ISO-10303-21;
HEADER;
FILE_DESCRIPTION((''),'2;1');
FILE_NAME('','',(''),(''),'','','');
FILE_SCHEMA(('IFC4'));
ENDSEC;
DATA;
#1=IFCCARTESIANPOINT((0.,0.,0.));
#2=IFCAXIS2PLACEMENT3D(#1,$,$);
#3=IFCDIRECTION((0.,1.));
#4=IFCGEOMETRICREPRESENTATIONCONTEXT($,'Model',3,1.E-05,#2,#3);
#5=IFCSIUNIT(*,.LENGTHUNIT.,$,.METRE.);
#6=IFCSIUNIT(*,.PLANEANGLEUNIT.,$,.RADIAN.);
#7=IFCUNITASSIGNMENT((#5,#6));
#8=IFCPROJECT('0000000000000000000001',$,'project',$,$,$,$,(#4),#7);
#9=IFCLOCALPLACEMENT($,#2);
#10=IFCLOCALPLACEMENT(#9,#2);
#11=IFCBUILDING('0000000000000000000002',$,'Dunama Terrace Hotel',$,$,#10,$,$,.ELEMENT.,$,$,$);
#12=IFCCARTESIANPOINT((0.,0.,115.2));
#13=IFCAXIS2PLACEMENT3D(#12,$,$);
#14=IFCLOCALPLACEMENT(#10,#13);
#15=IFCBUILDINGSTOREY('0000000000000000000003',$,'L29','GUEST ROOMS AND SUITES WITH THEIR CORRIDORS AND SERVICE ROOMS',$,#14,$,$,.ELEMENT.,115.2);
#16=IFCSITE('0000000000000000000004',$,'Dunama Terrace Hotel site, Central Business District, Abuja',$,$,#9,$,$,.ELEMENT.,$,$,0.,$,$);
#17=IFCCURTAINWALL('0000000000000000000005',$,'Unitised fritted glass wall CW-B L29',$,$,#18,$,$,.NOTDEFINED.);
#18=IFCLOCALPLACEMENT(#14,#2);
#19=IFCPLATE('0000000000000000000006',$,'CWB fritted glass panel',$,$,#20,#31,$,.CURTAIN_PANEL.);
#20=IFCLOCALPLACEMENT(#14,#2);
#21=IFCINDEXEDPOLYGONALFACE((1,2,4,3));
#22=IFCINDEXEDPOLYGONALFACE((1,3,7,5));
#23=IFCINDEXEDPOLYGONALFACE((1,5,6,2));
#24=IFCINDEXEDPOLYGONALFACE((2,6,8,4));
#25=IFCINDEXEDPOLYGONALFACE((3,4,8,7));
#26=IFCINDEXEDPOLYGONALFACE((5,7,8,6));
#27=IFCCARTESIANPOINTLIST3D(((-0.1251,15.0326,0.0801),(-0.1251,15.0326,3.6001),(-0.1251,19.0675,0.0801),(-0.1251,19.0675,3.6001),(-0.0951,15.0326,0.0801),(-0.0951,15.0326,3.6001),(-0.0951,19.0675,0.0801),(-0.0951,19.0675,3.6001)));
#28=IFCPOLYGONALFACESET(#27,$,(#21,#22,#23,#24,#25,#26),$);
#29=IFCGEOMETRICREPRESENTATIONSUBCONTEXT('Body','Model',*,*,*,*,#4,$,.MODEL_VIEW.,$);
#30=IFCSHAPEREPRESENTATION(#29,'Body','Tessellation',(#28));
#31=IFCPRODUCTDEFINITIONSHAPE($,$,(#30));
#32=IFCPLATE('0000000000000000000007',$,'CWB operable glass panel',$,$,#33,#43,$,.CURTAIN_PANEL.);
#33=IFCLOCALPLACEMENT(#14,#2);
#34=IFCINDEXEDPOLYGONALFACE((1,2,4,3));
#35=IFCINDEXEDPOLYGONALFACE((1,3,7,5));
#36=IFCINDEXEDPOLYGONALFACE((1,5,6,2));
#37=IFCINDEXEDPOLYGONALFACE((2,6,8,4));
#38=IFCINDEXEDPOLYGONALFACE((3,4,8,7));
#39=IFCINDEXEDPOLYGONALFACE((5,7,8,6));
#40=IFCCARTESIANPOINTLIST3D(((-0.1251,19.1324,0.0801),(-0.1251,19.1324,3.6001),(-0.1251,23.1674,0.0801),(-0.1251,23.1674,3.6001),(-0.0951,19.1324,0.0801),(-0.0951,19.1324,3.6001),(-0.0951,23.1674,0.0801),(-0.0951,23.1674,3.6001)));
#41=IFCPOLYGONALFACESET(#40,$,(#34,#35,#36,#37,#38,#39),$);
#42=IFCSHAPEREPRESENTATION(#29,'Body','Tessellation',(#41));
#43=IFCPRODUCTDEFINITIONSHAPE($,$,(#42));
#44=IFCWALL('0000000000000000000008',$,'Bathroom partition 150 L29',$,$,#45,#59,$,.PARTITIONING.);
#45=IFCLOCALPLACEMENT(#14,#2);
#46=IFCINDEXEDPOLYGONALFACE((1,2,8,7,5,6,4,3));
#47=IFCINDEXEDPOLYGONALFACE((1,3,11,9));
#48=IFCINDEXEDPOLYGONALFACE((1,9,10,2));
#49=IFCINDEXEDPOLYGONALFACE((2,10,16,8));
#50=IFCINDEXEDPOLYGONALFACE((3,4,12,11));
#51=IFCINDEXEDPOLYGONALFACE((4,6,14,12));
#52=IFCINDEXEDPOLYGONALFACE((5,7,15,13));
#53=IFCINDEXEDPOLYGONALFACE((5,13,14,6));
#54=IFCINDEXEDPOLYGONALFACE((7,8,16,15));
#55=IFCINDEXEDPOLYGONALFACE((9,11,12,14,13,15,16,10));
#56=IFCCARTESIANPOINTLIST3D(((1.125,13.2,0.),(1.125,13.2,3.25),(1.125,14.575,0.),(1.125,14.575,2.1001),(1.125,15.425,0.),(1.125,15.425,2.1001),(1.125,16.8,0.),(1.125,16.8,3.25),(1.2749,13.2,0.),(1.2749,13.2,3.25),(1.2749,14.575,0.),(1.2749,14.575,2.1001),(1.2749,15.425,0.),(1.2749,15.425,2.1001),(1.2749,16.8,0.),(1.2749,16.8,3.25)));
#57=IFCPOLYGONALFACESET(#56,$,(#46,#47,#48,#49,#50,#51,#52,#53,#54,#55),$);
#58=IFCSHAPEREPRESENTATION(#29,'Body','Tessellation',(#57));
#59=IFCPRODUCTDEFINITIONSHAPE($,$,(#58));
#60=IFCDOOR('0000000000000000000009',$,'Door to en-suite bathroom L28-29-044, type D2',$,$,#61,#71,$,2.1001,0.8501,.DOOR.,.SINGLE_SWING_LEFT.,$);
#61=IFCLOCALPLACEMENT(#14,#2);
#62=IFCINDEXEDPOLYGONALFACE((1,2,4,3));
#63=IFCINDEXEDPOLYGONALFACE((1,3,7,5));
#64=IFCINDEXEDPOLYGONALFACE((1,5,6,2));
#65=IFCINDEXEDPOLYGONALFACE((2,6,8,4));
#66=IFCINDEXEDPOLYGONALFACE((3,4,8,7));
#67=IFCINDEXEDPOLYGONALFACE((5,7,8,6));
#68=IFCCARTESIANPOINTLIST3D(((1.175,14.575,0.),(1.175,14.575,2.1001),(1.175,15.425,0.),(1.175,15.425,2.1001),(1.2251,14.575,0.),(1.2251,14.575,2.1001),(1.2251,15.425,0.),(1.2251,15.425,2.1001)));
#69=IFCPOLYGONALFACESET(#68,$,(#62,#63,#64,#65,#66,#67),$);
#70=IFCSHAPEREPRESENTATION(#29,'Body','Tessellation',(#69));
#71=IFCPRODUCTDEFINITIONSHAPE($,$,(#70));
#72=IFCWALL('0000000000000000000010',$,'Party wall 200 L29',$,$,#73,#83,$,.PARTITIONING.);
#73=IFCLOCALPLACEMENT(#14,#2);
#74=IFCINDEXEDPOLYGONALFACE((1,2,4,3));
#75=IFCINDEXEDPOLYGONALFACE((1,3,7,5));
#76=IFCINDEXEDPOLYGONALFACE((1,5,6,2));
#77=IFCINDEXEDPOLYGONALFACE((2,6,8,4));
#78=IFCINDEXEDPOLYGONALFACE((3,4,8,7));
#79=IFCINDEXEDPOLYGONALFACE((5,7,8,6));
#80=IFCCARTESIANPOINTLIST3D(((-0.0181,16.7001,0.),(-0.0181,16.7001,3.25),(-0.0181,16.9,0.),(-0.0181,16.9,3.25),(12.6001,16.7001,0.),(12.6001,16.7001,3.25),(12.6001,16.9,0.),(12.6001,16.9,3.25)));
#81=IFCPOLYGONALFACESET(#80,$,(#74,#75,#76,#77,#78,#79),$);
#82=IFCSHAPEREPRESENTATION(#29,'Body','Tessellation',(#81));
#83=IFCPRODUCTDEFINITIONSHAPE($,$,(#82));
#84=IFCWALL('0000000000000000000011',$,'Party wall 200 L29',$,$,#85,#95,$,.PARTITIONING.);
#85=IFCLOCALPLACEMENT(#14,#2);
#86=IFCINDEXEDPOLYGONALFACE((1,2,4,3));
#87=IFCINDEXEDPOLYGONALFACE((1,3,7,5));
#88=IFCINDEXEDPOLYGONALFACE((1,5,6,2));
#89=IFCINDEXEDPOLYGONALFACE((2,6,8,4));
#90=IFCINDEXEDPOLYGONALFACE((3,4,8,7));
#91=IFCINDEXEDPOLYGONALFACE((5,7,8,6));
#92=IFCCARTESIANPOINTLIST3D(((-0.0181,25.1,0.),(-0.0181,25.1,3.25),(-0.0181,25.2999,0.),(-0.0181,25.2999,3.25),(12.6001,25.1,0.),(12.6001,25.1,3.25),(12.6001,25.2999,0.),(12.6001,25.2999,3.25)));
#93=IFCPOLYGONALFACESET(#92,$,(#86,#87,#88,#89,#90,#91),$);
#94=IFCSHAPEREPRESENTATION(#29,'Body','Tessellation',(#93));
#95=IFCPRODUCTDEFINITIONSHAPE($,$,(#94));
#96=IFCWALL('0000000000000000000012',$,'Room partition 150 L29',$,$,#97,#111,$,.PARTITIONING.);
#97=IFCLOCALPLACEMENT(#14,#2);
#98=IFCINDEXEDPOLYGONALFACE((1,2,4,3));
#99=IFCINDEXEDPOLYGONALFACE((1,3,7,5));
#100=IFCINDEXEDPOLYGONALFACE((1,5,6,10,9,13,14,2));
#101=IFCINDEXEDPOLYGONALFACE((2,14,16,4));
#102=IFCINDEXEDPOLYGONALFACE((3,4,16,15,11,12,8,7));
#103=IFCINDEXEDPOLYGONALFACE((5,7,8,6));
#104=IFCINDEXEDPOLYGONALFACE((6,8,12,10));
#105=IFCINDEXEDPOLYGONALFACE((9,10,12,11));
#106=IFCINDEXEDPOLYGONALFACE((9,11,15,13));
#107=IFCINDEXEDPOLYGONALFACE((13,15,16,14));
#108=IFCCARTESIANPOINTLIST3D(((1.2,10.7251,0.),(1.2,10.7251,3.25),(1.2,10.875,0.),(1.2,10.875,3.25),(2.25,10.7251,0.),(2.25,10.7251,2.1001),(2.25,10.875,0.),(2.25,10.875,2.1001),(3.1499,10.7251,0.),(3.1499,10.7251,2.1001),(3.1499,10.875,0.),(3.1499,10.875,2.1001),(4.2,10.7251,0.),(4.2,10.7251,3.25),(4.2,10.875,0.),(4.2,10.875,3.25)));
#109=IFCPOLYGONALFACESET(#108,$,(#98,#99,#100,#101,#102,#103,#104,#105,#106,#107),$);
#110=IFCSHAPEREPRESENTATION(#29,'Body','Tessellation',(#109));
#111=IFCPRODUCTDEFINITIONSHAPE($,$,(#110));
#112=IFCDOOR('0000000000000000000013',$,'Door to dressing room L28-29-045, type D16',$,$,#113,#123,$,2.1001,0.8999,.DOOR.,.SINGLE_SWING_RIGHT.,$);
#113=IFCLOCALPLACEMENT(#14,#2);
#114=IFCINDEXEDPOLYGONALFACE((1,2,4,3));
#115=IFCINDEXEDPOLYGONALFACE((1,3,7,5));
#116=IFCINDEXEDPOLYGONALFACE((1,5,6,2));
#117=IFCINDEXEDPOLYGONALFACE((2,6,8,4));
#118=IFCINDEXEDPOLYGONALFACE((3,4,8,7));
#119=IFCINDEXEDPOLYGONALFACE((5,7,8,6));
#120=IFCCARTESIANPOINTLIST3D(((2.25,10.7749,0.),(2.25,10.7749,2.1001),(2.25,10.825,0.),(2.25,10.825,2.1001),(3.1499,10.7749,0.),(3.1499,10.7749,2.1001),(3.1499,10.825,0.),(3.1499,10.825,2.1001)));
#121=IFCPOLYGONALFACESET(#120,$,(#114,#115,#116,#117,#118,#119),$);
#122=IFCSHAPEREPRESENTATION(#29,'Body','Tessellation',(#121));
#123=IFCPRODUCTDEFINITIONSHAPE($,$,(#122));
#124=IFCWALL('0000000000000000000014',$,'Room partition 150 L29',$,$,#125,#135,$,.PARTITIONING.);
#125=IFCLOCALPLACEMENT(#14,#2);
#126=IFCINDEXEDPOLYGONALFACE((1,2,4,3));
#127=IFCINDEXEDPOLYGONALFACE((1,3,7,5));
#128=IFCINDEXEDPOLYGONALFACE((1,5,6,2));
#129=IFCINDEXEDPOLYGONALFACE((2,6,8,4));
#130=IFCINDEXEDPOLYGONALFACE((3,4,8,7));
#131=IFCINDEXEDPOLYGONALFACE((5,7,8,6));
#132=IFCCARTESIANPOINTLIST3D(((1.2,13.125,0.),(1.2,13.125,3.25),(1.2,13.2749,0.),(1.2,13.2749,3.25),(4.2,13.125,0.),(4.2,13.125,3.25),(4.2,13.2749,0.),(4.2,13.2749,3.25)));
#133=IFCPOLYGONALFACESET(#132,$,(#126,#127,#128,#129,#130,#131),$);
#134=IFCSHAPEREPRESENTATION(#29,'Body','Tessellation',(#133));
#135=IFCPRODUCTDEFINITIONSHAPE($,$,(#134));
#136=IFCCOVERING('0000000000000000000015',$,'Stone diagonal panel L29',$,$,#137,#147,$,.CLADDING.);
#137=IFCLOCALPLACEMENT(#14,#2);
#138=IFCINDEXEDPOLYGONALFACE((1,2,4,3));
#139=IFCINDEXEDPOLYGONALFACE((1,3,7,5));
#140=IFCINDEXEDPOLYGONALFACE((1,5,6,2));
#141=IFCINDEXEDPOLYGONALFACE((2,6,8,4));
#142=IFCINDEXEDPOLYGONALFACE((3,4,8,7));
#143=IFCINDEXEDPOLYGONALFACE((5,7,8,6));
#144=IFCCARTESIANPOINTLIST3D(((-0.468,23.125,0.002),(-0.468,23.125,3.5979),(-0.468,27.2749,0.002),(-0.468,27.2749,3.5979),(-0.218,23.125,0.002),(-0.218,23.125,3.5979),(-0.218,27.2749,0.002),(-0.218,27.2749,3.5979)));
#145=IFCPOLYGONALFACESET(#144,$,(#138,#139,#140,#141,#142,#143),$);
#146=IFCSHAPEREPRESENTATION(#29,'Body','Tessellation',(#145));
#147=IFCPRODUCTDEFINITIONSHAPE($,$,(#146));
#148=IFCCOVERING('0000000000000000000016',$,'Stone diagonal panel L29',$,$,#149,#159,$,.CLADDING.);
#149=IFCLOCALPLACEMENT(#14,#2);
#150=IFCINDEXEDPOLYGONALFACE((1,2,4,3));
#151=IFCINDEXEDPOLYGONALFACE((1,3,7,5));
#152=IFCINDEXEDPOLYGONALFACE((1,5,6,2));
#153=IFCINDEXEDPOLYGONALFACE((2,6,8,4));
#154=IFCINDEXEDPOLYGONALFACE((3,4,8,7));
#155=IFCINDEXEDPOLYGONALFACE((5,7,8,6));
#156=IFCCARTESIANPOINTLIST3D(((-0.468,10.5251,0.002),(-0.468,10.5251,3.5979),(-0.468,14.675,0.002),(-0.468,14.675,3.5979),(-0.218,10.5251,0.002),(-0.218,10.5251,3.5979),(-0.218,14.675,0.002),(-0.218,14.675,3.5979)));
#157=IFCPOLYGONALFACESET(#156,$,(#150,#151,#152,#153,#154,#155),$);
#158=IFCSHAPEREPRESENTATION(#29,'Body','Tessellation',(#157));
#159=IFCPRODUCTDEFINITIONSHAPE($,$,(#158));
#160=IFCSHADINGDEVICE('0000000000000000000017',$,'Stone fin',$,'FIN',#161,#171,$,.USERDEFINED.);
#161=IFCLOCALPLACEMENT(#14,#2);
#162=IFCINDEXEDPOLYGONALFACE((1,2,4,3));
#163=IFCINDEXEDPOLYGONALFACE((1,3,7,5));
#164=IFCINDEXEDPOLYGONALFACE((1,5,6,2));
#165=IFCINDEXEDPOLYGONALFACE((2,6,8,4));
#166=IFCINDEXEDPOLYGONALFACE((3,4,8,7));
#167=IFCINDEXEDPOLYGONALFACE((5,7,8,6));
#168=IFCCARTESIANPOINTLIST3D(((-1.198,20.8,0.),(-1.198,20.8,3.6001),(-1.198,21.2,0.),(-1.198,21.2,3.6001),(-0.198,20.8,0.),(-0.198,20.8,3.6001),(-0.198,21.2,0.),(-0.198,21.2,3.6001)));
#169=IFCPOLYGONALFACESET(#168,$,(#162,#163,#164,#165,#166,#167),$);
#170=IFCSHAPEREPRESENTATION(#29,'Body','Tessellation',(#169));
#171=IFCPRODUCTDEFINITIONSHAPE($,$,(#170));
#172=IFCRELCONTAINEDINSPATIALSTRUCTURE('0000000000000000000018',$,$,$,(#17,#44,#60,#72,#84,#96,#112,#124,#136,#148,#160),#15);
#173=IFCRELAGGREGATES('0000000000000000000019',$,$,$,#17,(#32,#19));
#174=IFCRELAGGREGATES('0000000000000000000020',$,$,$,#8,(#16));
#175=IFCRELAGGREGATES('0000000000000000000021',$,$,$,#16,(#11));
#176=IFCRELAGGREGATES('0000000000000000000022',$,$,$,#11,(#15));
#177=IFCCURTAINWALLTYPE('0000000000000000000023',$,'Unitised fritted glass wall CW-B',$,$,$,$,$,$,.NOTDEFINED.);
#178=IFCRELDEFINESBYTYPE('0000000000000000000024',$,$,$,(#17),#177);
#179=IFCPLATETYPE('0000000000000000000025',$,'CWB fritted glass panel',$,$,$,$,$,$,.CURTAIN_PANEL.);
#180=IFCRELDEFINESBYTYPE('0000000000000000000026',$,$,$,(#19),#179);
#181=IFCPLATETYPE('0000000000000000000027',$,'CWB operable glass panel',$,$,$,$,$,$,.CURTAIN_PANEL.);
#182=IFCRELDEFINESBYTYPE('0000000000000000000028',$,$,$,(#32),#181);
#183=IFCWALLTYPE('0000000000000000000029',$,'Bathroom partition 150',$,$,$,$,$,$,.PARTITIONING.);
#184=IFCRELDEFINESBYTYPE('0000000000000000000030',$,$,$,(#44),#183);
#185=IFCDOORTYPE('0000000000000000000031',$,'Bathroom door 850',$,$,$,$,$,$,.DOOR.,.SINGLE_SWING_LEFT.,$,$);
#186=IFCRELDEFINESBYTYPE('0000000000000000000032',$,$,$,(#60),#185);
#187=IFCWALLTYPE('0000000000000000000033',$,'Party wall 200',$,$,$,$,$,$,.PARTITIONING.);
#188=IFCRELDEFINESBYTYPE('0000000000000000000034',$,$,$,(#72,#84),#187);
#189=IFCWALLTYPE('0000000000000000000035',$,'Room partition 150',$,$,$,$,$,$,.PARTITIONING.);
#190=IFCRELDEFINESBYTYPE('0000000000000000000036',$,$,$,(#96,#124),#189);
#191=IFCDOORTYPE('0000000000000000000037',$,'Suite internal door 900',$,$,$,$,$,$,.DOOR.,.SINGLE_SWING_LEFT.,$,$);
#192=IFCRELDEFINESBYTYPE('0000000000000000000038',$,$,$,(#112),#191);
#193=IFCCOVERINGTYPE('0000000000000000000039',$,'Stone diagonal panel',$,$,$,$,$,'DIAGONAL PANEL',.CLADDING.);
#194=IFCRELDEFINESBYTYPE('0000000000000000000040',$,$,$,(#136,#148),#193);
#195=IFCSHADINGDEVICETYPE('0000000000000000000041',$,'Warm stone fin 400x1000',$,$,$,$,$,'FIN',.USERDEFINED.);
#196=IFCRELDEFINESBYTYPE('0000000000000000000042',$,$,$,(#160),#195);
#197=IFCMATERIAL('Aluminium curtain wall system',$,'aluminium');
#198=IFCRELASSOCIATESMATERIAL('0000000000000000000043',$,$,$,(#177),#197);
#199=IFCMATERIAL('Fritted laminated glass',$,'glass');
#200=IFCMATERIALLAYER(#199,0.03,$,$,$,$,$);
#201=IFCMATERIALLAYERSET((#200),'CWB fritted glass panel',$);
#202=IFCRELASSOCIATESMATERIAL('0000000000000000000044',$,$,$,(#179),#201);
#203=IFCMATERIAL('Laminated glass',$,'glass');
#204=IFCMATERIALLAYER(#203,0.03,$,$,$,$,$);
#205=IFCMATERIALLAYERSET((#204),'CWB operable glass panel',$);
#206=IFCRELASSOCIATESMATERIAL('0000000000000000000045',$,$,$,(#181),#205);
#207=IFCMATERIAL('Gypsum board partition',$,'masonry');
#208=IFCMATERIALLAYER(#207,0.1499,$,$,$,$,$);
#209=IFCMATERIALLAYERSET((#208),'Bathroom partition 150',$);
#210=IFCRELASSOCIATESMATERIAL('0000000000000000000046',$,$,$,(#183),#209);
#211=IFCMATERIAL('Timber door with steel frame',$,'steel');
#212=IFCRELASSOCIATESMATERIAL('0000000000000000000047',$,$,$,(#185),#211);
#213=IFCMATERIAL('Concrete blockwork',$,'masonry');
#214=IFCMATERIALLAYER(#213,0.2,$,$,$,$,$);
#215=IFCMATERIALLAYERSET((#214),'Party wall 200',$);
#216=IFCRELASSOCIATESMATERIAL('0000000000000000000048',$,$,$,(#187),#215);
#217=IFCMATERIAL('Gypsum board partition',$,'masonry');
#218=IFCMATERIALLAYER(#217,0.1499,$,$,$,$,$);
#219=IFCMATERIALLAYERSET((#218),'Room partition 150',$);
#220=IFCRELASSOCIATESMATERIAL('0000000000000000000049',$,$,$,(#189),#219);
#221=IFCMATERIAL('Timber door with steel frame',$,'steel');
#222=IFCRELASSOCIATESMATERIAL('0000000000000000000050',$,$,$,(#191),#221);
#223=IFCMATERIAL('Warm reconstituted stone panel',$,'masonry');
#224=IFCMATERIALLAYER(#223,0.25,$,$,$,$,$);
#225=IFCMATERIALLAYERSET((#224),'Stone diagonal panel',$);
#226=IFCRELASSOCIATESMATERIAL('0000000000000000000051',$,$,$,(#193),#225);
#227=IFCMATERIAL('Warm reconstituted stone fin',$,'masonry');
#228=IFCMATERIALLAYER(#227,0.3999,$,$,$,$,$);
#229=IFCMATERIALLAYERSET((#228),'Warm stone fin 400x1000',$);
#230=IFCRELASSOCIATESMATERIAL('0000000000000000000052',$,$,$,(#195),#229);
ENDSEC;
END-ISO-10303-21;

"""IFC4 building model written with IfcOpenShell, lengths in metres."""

from ifc_helpers import new_model, si_unit, direction, frame, frame_2d, origin, origin_2d, place, context, subcontext, project, spatial, rectangle, extrude, material, layer, layer_set, type_object, element, fill, aggregate, save


model = new_model("IFC4")

# Units and contexts
model_context = context("Model", 3, precision=1e-05, world=origin(), true_north=direction((0.0, 1.0)))
body_context = subcontext(model_context, "Body", "Model", "MODEL_VIEW")
ifc_project = project(units=[si_unit("LENGTHUNIT", "METRE"), si_unit("PLANEANGLEUNIT", "RADIAN")], contexts=[model_context])

# Site, building, storey
site_placement = place(None, origin())
site = spatial("IfcSite", under=ifc_project, at=site_placement, Name="Dunama Terrace Hotel site, Central Business District, Abuja", CompositionType="ELEMENT", RefElevation=0.0)
building_placement = place(site_placement, origin())
building = spatial("IfcBuilding", under=site, at=building_placement, Name="Dunama Terrace Hotel", CompositionType="ELEMENT")
storey_placement = place(building_placement, frame((0.0, 0.0, 115.2)))
storey = spatial("IfcBuildingStorey", under=building, at=storey_placement, Name="L29", Description="GUEST ROOMS AND SUITES WITH THEIR CORRIDORS AND SERVICE ROOMS", CompositionType="ELEMENT", Elevation=115.2)

# Curtain wall
ifc_material_1 = material(Name="Aluminium curtain wall system", Category="aluminium")
curtain_wall_type = type_object("IfcCurtainWallType", Name="Unitised fritted glass wall CW-B", PredefinedType="NOTDEFINED", material=ifc_material_1)
curtain_wall_placement = place(storey_placement, origin())
curtain_wall = element("IfcCurtainWall", 1, at=curtain_wall_placement, inside=storey, type_object=curtain_wall_type, Name="Unitised fritted glass wall CW-B L29", PredefinedType="NOTDEFINED")

# Plates
ifc_material_2 = material(Name="Fritted laminated glass", Category="glass")
ifc_layer_1 = layer(ifc_material_2, 0.03)
ifc_layer_set_1 = layer_set([ifc_layer_1], Name="CWB fritted glass panel")
plate_type_1 = type_object("IfcPlateType", Name="CWB fritted glass panel", PredefinedType="CURTAIN_PANEL", material=ifc_layer_set_1)
plate_1_placement = place(storey_placement, frame((-0.1101, 17.05, 0.0801), z_axis=(0.0, 0.0, 1.0), x_axis=(0.0, -1.0, 0.0)))
plate_1 = element("IfcPlate", 2, at=plate_1_placement, type_object=plate_type_1, Name="CWB fritted glass panel", PredefinedType="CURTAIN_PANEL", context=body_context, shape_type="SweptSolid", body=[
    extrude(rectangle(XDim=4.0349, YDim=0.03, at=origin_2d()), origin(), (0.0, 0.0, 1.0), 3.52),
])
ifc_material_3 = material(Name="Laminated glass", Category="glass")
ifc_layer_2 = layer(ifc_material_3, 0.03)
ifc_layer_set_2 = layer_set([ifc_layer_2], Name="CWB operable glass panel")
plate_type_2 = type_object("IfcPlateType", Name="CWB operable glass panel", PredefinedType="CURTAIN_PANEL", material=ifc_layer_set_2)
plate_2_placement = place(storey_placement, frame((-0.1101, 21.1499, 0.0801), z_axis=(0.0, 0.0, 1.0), x_axis=(0.0, -1.0, 0.0)))
plate_2 = element("IfcPlate", 3, at=plate_2_placement, type_object=plate_type_2, Name="CWB operable glass panel", PredefinedType="CURTAIN_PANEL", context=body_context, shape_type="SweptSolid", body=[
    extrude(rectangle(XDim=4.0349, YDim=0.03, at=origin_2d()), origin(), (0.0, 0.0, 1.0), 3.52),
])
aggregate(curtain_wall, [plate_2, plate_1])

# Wall, opening, door
ifc_material_4 = material(Name="Gypsum board partition", Category="masonry")
ifc_layer_3 = layer(ifc_material_4, 0.1499)
ifc_layer_set_3 = layer_set([ifc_layer_3], Name="Bathroom partition 150")
wall_type_1 = type_object("IfcWallType", Name="Bathroom partition 150", PredefinedType="PARTITIONING", material=ifc_layer_set_3)
wall_1_placement = place(storey_placement, frame((1.2, 13.2, 0.0), z_axis=(0.0, 0.0, 1.0), x_axis=(0.0, 1.0, 0.0)))
wall_1 = element("IfcWall", 4, at=wall_1_placement, inside=storey, type_object=wall_type_1, Name="Bathroom partition 150 L29", PredefinedType="PARTITIONING", context=body_context, shape_type="SweptSolid", body=[
    extrude(rectangle(XDim=3.6001, YDim=0.1499, at=frame_2d((1.8, 0.0))), origin(), (0.0, 0.0, 1.0), 3.25),
])
opening_1_placement = place(wall_1_placement, frame((1.375, 0.0, 0.0)))
opening_1 = element("IfcOpeningElement", 5, at=opening_1_placement, cuts=wall_1, PredefinedType="OPENING", context=body_context, shape_type="SweptSolid", body=[
    extrude(rectangle(XDim=0.8501, YDim=2.1001, at=frame_2d((0.425, 1.05))), frame((0.0, 0.085, 0.0), z_axis=(0.0, -1.0, 0.0), x_axis=(1.0, 0.0, 0.0)), (0.0, 0.0, 1.0), 0.1699),
])
ifc_material_5 = material(Name="Timber door with steel frame", Category="steel")
door_type_1 = type_object("IfcDoorType", Name="Bathroom door 850", OperationType="SINGLE_SWING_LEFT", PredefinedType="DOOR", material=ifc_material_5)
door_1_placement = place(opening_1_placement, frame((0.8501, 0.0, 0.0), z_axis=(0.0, 0.0, 1.0), x_axis=(-1.0, 0.0, 0.0)))
door_1 = element("IfcDoor", 6, at=door_1_placement, inside=storey, type_object=door_type_1, Name="Door to en-suite bathroom L28-29-044, type D2", OperationType="SINGLE_SWING_LEFT", OverallHeight=2.1001, OverallWidth=0.8501, PredefinedType="DOOR", context=body_context, shape_type="SweptSolid", body=[
    extrude(rectangle(XDim=0.8501, YDim=2.1001, at=frame_2d((0.425, 1.05))), frame((0.0, 0.0251, 0.0), z_axis=(0.0, -1.0, 0.0), x_axis=(1.0, 0.0, 0.0)), (0.0, 0.0, 1.0), 0.05),
])
fill(opening_1, door_1)

# Walls
ifc_material_6 = material(Name="Concrete blockwork", Category="masonry")
ifc_layer_4 = layer(ifc_material_6, 0.2)
ifc_layer_set_4 = layer_set([ifc_layer_4], Name="Party wall 200")
wall_type_2 = type_object("IfcWallType", Name="Party wall 200", PredefinedType="PARTITIONING", material=ifc_layer_set_4)
for number, where, z_axis, x_axis, name in (
    (7, (-0.0181, 16.8, 0.0), (0.0, 0.0, 1.0), (1.0, 0.0, 0.0), "Party wall 200 L29"),
    (8, (-0.0181, 25.2, 0.0), (0.0, 0.0, 1.0), (1.0, 0.0, 0.0), "Party wall 200 L29"),
):
    element("IfcWall", number, at=place(storey_placement, frame(where, z_axis=z_axis, x_axis=x_axis)), inside=storey, type_object=wall_type_2, Name=name, PredefinedType="PARTITIONING", context=body_context, shape_type="SweptSolid", body=[
        extrude(rectangle(XDim=12.6182, YDim=0.2, at=frame_2d((6.3091, 0.0))), origin(), (0.0, 0.0, 1.0), 3.25),
    ])

# Wall, opening, door
ifc_material_7 = material(Name="Gypsum board partition", Category="masonry")
ifc_layer_5 = layer(ifc_material_7, 0.1499)
ifc_layer_set_5 = layer_set([ifc_layer_5], Name="Room partition 150")
wall_type_3 = type_object("IfcWallType", Name="Room partition 150", PredefinedType="PARTITIONING", material=ifc_layer_set_5)
wall_2_placement = place(storey_placement, frame((1.2, 10.8, 0.0), z_axis=(0.0, 0.0, 1.0), x_axis=(1.0, 0.0, 0.0)))
wall_2 = element("IfcWall", 9, at=wall_2_placement, inside=storey, type_object=wall_type_3, Name="Room partition 150 L29", PredefinedType="PARTITIONING", context=body_context, shape_type="SweptSolid", body=[
    extrude(rectangle(XDim=3.0, YDim=0.1499, at=frame_2d((1.5, 0.0))), origin(), (0.0, 0.0, 1.0), 3.25),
])
opening_2_placement = place(wall_2_placement, frame((1.05, 0.0, 0.0)))
opening_2 = element("IfcOpeningElement", 10, at=opening_2_placement, cuts=wall_2, PredefinedType="OPENING", context=body_context, shape_type="SweptSolid", body=[
    extrude(rectangle(XDim=0.8999, YDim=2.1001, at=frame_2d((0.45, 1.05))), frame((0.0, 0.085, 0.0), z_axis=(0.0, -1.0, 0.0), x_axis=(1.0, 0.0, 0.0)), (0.0, 0.0, 1.0), 0.1699),
])
ifc_material_8 = material(Name="Timber door with steel frame", Category="steel")
door_type_2 = type_object("IfcDoorType", Name="Suite internal door 900", OperationType="SINGLE_SWING_LEFT", PredefinedType="DOOR", material=ifc_material_8)
door_2_placement = place(opening_2_placement, origin())
door_2 = element("IfcDoor", 11, at=door_2_placement, inside=storey, type_object=door_type_2, Name="Door to dressing room L28-29-045, type D16", OperationType="SINGLE_SWING_RIGHT", OverallHeight=2.1001, OverallWidth=0.8999, PredefinedType="DOOR", context=body_context, shape_type="SweptSolid", body=[
    extrude(rectangle(XDim=0.8999, YDim=2.1001, at=frame_2d((0.45, 1.05))), frame((0.0, 0.0249, 0.0), z_axis=(0.0, -1.0, 0.0), x_axis=(1.0, 0.0, 0.0)), (0.0, 0.0, 1.0), 0.05),
])
fill(opening_2, door_2)

# Wall
wall_3_placement = place(storey_placement, frame((1.2, 13.2, 0.0), z_axis=(0.0, 0.0, 1.0), x_axis=(1.0, 0.0, 0.0)))
element("IfcWall", 12, at=wall_3_placement, inside=storey, type_object=wall_type_3, Name="Room partition 150 L29", PredefinedType="PARTITIONING", context=body_context, shape_type="SweptSolid", body=[
    extrude(rectangle(XDim=3.0, YDim=0.1499, at=frame_2d((1.5, 0.0))), origin(), (0.0, 0.0, 1.0), 3.25),
])

# Coverings
ifc_material_9 = material(Name="Warm reconstituted stone panel", Category="masonry")
ifc_layer_6 = layer(ifc_material_9, 0.25)
ifc_layer_set_6 = layer_set([ifc_layer_6], Name="Stone diagonal panel")
covering_type = type_object("IfcCoveringType", Name="Stone diagonal panel", ElementType="DIAGONAL PANEL", PredefinedType="CLADDING", material=ifc_layer_set_6)
for number, where, z_axis, x_axis, name in (
    (13, (-0.343, 25.2, 0.002), (0.0, 0.0, 1.0), (0.0, -1.0, 0.0), "Stone diagonal panel L29"),
    (14, (-0.343, 12.6001, 0.002), (0.0, 0.0, 1.0), (0.0, -1.0, 0.0), "Stone diagonal panel L29"),
):
    element("IfcCovering", number, at=place(storey_placement, frame(where, z_axis=z_axis, x_axis=x_axis)), inside=storey, type_object=covering_type, Name=name, PredefinedType="CLADDING", context=body_context, shape_type="SweptSolid", body=[
        extrude(rectangle(XDim=4.1499, YDim=0.25, at=origin_2d()), origin(), (0.0, 0.0, 1.0), 3.5959),
    ])

# Shading device
ifc_material_10 = material(Name="Warm reconstituted stone fin", Category="masonry")
ifc_layer_7 = layer(ifc_material_10, 0.3999)
ifc_layer_set_7 = layer_set([ifc_layer_7], Name="Warm stone fin 400x1000")
shading_device_type = type_object("IfcShadingDeviceType", Name="Warm stone fin 400x1000", ElementType="FIN", PredefinedType="USERDEFINED", material=ifc_layer_set_7)
shading_device_placement = place(storey_placement, frame((-0.698, 21.0, 0.0), z_axis=(0.0, 0.0, 1.0), x_axis=(0.0, -1.0, 0.0)))
element("IfcShadingDevice", 15, at=shading_device_placement, inside=storey, type_object=shading_device_type, Name="Stone fin", ObjectType="FIN", PredefinedType="USERDEFINED", context=body_context, shape_type="SweptSolid", body=[
    extrude(rectangle(XDim=0.3999, YDim=1.0, at=origin_2d()), origin(), (0.0, 0.0, 1.0), 3.6001),
])

save(model, "model.ifc")
